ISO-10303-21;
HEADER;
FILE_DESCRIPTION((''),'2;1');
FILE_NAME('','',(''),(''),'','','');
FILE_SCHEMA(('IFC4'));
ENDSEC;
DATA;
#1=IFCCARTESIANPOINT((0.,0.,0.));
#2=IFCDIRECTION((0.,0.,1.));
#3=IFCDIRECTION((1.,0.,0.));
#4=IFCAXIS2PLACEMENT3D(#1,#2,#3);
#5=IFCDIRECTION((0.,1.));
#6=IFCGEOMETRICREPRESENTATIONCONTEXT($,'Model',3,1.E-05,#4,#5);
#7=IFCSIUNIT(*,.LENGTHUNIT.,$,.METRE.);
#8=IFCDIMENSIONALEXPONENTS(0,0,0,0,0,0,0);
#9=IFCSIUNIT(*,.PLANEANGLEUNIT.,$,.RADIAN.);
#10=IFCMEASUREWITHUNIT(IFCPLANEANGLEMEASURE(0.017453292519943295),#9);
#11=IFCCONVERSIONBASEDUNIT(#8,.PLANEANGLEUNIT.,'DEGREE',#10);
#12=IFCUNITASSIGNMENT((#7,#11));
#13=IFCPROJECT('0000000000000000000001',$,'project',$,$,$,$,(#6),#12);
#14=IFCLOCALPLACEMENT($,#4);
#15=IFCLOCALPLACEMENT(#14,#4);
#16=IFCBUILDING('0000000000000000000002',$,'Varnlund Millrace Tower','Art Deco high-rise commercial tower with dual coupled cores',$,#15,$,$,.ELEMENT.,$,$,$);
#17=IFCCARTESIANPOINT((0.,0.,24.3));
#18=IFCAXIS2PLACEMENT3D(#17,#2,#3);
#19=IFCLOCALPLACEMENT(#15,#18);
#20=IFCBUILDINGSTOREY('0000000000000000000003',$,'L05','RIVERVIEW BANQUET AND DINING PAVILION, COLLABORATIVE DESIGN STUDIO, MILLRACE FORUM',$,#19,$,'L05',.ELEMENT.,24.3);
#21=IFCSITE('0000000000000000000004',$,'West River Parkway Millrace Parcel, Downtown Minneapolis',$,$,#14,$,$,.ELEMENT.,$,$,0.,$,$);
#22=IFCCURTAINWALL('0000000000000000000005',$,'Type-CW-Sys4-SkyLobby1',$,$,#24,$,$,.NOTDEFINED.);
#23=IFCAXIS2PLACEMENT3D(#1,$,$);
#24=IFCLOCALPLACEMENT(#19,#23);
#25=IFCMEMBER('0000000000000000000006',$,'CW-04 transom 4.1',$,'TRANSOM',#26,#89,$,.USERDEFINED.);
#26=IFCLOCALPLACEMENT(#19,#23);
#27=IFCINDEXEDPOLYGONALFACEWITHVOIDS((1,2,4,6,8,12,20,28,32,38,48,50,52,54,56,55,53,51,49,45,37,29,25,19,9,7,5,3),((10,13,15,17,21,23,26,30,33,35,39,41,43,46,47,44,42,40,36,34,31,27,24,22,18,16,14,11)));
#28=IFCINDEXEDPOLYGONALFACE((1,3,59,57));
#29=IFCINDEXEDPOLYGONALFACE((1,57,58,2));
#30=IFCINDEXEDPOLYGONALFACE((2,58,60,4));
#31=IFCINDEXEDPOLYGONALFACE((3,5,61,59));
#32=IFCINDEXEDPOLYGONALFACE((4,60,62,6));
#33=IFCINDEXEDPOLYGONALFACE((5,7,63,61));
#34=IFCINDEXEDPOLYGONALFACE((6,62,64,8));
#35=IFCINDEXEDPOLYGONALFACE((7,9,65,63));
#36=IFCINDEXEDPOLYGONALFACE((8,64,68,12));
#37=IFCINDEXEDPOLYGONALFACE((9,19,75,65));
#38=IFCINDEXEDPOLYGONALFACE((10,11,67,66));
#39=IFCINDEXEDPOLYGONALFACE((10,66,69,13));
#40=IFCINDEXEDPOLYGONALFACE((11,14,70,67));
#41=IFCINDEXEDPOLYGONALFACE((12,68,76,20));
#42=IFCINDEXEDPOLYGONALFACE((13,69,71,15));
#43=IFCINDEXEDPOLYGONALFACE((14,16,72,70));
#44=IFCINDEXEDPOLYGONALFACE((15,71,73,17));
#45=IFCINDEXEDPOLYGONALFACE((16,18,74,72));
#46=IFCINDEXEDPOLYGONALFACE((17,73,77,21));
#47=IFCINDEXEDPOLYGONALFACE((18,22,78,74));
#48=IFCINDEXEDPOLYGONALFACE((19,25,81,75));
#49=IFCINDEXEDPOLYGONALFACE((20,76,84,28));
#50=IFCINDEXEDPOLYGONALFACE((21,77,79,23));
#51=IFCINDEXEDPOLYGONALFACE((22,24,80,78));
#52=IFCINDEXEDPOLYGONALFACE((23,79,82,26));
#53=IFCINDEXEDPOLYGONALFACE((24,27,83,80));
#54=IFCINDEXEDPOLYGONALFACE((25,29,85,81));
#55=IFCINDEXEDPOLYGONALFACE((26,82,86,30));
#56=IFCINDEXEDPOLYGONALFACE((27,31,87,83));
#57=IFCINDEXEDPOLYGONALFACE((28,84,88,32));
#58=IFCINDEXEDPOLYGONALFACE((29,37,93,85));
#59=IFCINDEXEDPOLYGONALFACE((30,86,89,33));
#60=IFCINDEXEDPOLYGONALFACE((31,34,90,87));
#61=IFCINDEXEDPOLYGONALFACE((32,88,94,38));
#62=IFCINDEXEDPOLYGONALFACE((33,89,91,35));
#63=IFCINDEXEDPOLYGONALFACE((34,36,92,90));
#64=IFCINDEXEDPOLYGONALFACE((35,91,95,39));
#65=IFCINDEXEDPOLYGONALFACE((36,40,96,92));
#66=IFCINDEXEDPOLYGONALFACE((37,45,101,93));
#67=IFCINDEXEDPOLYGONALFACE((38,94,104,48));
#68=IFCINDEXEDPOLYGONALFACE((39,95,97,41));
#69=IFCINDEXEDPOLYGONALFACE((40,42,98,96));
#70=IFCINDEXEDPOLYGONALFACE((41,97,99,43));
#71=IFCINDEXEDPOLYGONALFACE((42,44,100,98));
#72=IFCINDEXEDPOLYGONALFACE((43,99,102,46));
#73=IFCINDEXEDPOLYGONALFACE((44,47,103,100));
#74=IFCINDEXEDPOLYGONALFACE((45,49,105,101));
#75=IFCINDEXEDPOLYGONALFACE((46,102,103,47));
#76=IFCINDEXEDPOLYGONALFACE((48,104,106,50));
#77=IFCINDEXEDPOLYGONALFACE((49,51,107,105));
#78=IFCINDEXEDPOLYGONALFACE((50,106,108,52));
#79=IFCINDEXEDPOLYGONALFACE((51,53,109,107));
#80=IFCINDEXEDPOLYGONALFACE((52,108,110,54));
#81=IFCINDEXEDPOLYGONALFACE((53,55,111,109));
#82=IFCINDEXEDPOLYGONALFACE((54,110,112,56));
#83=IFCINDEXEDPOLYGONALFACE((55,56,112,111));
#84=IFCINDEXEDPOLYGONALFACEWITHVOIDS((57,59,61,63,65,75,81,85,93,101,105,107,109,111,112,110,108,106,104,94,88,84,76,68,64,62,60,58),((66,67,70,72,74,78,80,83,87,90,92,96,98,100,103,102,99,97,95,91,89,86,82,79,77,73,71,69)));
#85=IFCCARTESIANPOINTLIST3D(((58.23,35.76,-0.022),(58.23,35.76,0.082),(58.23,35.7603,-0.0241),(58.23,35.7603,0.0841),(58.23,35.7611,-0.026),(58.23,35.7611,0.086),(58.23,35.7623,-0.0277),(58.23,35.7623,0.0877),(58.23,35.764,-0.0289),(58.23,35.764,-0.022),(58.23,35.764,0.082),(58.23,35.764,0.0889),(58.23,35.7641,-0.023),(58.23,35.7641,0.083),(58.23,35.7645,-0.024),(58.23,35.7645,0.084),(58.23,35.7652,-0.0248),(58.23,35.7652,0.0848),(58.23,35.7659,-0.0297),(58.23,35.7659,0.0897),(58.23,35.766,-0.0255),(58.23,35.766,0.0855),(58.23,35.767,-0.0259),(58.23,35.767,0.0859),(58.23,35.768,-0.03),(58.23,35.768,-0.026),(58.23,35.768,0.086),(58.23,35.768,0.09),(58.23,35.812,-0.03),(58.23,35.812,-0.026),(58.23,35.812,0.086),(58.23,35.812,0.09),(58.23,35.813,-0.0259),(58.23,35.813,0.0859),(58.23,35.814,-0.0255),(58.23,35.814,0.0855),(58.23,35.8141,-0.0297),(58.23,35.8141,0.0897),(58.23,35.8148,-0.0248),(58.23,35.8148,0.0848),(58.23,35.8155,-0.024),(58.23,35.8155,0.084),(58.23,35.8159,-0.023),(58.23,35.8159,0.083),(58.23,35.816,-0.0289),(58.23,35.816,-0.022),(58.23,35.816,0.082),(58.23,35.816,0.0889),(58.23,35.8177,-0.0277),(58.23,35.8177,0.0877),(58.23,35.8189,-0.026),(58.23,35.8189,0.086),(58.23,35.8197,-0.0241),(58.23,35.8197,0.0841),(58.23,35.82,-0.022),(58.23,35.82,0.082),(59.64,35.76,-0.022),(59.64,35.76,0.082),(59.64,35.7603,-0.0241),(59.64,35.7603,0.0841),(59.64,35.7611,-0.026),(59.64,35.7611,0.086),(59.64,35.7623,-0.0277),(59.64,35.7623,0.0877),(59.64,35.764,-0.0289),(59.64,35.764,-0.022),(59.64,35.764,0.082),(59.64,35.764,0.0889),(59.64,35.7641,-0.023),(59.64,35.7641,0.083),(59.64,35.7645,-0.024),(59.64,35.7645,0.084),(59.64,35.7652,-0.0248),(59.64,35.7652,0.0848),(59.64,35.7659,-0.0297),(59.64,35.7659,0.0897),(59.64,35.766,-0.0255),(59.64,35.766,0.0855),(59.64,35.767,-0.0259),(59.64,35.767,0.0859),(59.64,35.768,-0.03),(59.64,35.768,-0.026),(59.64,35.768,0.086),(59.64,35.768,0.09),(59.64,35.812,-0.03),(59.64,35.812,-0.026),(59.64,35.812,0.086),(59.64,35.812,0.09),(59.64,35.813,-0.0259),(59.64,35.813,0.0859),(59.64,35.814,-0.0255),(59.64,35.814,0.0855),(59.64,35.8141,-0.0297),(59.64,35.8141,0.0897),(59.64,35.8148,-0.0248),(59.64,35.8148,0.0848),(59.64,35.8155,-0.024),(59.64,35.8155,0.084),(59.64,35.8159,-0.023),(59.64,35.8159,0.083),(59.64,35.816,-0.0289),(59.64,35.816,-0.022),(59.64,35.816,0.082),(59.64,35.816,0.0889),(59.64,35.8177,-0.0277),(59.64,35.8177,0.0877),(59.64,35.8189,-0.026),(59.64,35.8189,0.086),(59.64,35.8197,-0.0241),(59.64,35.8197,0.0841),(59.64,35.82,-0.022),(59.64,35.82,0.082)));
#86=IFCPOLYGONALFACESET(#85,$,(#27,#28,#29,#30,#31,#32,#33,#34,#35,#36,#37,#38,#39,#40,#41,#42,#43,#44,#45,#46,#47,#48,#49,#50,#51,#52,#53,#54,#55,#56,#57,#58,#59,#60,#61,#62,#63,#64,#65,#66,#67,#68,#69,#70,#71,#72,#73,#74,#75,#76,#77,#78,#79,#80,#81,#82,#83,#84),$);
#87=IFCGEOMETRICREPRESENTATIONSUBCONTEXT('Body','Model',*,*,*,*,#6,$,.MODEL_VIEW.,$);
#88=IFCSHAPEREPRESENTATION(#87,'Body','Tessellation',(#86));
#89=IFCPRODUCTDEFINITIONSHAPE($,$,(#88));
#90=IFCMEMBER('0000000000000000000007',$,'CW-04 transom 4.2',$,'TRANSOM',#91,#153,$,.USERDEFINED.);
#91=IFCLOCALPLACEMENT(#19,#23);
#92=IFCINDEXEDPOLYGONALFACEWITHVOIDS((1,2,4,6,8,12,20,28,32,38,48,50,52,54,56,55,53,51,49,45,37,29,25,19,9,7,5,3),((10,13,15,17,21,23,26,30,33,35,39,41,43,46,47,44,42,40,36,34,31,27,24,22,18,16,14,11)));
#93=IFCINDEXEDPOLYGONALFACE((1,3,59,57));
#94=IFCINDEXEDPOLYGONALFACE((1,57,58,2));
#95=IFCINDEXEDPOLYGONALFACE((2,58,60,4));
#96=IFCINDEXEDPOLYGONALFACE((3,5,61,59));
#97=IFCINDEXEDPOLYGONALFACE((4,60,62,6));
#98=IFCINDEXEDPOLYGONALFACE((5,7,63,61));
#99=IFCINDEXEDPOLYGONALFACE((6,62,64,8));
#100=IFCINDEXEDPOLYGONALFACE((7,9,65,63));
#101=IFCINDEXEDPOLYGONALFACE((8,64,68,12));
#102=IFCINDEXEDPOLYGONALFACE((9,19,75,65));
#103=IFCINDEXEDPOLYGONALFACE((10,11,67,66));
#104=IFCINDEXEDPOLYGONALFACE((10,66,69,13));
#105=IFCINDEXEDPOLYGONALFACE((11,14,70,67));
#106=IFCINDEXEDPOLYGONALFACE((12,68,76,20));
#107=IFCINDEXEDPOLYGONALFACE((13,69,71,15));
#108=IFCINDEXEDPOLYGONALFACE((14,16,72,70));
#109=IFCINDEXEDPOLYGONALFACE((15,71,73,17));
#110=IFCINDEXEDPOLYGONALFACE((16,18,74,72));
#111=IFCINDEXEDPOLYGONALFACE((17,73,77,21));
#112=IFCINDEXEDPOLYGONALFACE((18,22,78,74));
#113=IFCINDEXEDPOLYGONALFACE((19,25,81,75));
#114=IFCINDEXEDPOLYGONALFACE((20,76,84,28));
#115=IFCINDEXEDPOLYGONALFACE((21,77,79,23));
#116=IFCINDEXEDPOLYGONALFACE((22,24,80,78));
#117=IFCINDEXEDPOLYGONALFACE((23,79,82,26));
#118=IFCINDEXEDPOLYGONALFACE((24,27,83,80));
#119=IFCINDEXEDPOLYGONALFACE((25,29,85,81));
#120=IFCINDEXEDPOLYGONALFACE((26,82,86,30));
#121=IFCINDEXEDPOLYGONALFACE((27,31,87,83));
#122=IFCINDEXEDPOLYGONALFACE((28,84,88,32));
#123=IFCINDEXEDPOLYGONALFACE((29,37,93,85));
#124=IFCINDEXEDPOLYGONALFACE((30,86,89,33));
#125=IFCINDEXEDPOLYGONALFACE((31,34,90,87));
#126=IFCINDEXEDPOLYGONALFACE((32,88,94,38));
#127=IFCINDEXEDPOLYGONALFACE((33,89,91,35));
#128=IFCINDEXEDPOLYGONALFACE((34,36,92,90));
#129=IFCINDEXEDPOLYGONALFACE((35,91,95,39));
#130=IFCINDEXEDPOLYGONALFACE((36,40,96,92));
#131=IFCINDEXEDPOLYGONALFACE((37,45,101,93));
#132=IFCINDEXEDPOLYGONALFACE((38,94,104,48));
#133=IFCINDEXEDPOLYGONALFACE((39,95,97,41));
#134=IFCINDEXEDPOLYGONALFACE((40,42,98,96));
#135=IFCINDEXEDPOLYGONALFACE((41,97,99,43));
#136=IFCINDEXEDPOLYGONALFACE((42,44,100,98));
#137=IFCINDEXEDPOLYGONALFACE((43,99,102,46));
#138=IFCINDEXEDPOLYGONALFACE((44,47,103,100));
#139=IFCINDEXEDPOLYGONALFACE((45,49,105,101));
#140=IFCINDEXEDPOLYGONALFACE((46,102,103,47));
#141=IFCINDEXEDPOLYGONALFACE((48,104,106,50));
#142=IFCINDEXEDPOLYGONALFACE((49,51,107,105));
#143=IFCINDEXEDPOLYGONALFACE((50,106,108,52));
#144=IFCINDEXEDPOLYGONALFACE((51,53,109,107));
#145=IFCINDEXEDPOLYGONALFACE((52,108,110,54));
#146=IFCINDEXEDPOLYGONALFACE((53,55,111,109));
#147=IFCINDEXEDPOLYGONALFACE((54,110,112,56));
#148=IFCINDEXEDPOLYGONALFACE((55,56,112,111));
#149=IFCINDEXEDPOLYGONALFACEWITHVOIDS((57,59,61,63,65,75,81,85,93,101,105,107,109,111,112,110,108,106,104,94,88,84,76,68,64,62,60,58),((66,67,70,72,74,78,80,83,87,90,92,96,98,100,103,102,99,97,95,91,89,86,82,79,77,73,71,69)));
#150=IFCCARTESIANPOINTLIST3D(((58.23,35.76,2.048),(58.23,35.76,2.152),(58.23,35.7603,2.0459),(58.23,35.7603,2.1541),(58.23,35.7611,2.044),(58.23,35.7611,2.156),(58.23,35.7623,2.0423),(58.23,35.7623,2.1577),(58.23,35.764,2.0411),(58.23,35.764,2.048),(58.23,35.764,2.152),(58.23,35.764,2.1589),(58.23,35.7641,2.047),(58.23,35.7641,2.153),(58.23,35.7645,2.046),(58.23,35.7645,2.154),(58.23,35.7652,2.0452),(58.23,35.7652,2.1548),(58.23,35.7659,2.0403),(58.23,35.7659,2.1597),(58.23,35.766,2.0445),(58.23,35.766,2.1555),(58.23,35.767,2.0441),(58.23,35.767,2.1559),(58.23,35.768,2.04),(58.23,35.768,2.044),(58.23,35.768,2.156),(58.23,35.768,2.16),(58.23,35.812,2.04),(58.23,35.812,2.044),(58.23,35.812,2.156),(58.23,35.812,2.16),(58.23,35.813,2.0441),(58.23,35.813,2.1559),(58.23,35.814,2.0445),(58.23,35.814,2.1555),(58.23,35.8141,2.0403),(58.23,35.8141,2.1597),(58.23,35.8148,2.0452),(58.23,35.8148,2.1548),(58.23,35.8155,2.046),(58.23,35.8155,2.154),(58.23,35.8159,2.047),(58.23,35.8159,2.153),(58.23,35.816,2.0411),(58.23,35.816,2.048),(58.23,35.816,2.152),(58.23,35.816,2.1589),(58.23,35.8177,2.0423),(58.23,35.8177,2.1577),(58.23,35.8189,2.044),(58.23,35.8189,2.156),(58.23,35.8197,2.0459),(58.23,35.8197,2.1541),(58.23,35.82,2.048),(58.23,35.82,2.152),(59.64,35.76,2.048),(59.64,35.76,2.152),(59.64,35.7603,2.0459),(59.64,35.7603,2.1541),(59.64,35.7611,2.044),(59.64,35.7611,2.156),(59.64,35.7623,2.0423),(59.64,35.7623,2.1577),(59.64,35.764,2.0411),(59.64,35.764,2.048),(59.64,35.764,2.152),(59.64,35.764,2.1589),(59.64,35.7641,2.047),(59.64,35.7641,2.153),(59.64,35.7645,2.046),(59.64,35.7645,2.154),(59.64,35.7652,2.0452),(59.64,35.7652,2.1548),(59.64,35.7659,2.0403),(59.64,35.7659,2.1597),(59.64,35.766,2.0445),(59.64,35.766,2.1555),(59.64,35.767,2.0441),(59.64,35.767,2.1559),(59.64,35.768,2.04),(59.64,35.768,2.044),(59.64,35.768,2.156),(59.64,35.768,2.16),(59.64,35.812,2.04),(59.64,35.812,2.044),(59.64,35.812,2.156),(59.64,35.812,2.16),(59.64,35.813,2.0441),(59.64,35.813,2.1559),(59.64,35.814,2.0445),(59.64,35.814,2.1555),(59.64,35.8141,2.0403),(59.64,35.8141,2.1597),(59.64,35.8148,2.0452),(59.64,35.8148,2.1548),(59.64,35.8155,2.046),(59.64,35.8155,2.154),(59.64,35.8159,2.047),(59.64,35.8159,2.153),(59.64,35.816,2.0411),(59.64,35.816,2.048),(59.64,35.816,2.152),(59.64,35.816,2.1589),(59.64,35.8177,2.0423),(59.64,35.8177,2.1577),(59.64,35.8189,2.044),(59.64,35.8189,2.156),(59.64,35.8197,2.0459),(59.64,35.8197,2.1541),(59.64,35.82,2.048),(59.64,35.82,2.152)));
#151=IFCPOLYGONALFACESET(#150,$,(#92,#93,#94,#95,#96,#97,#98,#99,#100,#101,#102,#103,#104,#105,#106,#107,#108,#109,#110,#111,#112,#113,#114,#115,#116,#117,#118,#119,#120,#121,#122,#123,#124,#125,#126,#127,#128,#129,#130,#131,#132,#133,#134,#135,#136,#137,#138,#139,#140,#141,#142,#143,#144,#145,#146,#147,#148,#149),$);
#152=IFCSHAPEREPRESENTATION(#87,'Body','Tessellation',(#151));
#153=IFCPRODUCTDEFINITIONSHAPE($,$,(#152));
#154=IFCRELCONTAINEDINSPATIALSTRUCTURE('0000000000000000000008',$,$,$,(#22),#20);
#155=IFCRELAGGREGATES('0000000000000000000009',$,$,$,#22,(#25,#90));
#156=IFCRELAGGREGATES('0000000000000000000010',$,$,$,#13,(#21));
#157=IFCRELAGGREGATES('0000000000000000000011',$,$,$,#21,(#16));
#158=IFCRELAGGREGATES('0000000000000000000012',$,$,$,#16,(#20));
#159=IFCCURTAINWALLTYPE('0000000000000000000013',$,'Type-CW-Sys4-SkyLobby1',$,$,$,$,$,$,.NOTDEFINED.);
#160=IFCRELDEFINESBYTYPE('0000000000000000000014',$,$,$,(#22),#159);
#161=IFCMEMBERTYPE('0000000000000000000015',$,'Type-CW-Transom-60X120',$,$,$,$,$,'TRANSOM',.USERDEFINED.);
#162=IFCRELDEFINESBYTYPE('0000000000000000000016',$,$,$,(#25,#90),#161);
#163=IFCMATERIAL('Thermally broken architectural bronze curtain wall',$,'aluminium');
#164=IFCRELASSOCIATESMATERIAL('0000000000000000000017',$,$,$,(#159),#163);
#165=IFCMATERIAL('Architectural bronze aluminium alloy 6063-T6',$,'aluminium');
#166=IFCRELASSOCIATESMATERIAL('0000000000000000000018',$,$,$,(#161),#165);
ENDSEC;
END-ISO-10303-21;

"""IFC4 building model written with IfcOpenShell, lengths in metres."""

from ifc_helpers import new_model, entity, si_unit, converted_unit, direction, frame, origin_with_axes, origin_2d_with_axis, place, context, subcontext, project, spatial, hollow_rectangle, extrude, material, material_profile, profile_set, type_object, element, aggregate, save


model = new_model("IFC4")

# Units and contexts
model_context = context("Model", 3, precision=1e-05, world=origin_with_axes(), true_north=direction((0.0, 1.0)))
body_context = subcontext(model_context, "Body", "Model", "MODEL_VIEW")
ifc_project = project(units=[si_unit("LENGTHUNIT", "METRE"), converted_unit("PLANEANGLEUNIT", "DEGREE", entity("IfcPlaneAngleMeasure", 0.017453292519943295), si_unit("PLANEANGLEUNIT", "RADIAN"), dimensions=[0, 0, 0, 0, 0, 0, 0])], contexts=[model_context])

# Site, building, storey
site_placement = place(None, origin_with_axes())
site = spatial("IfcSite", under=ifc_project, at=site_placement, Name="West River Parkway Millrace Parcel, Downtown Minneapolis", CompositionType="ELEMENT", RefElevation=0.0)
building_placement = place(site_placement, origin_with_axes())
building = spatial("IfcBuilding", under=site, at=building_placement, Name="Varnlund Millrace Tower", Description="Art Deco high-rise commercial tower with dual coupled cores", CompositionType="ELEMENT")
storey_placement = place(building_placement, frame((0.0, 0.0, 24.3), z_axis=(0.0, 0.0, 1.0), x_axis=(1.0, 0.0, 0.0)))
storey = spatial("IfcBuildingStorey", under=building, at=storey_placement, Name="L05", Description="RIVERVIEW BANQUET AND DINING PAVILION, COLLABORATIVE DESIGN STUDIO, MILLRACE FORUM", LongName="L05", CompositionType="ELEMENT", Elevation=24.3)

# Curtain wall
ifc_material_1 = material(Name="Thermally broken architectural bronze curtain wall", Category="aluminium")
curtain_wall_type = type_object("IfcCurtainWallType", Name="Type-CW-Sys4-SkyLobby1", PredefinedType="NOTDEFINED", material=ifc_material_1)
curtain_wall_1_placement = place(storey_placement, frame((53.7, 35.79, 0.0), z_axis=(0.0, 0.0, 1.0), x_axis=(1.0, 0.0, 0.0)))
curtain_wall_1 = element("IfcCurtainWall", 1, at=curtain_wall_1_placement, inside=storey, type_object=curtain_wall_type, Name="Type-CW-Sys4-SkyLobby1", PredefinedType="NOTDEFINED")
ifc_material_2 = material(Name="Architectural bronze aluminium alloy 6063-T6", Category="aluminium")

# Members
ifc_material_profile_1 = material_profile(ifc_material_2, hollow_rectangle(XDim=0.06, YDim=0.12, WallThickness=0.004, InnerFilletRadius=0.004, OuterFilletRadius=0.008, at=origin_2d_with_axis()), Name="Architectural bronze aluminium alloy 6063-T6")
ifc_profile_set_1 = profile_set([ifc_material_profile_1], Name="Architectural bronze aluminium alloy 6063-T6")
member_type_1 = type_object("IfcMemberType", Name="Type-CW-Transom-60X120", ElementType="TRANSOM", PredefinedType="USERDEFINED", material=ifc_profile_set_1)
member_1_placement = place(storey_placement, frame((58.23, 35.79, 0.03), z_axis=(1.0, 0.0, 0.0), x_axis=(0.0, 1.0, 0.0)))
member_1 = element("IfcMember", 2, at=member_1_placement, type_object=member_type_1, Name="CW-04 transom 4.1", ObjectType="TRANSOM", PredefinedType="USERDEFINED", context=body_context, shape_type="SweptSolid", body=[
    extrude(hollow_rectangle(XDim=0.06, YDim=0.12, WallThickness=0.004, InnerFilletRadius=0.004, OuterFilletRadius=0.008, at=origin_2d_with_axis()), origin_with_axes(), (0.0, 0.0, 1.0), 1.41),
])
member_2_placement = place(storey_placement, frame((58.23, 35.79, 2.1), z_axis=(1.0, 0.0, 0.0), x_axis=(0.0, 1.0, 0.0)))
member_2 = element("IfcMember", 3, at=member_2_placement, type_object=member_type_1, Name="CW-04 transom 4.2", ObjectType="TRANSOM", PredefinedType="USERDEFINED", context=body_context, shape_type="SweptSolid", body=[
    extrude(hollow_rectangle(XDim=0.06, YDim=0.12, WallThickness=0.004, InnerFilletRadius=0.004, OuterFilletRadius=0.008, at=origin_2d_with_axis()), origin_with_axes(), (0.0, 0.0, 1.0), 1.41),
])

aggregate(curtain_wall_1, [member_1, member_2])

save(model, "model.ifc")
